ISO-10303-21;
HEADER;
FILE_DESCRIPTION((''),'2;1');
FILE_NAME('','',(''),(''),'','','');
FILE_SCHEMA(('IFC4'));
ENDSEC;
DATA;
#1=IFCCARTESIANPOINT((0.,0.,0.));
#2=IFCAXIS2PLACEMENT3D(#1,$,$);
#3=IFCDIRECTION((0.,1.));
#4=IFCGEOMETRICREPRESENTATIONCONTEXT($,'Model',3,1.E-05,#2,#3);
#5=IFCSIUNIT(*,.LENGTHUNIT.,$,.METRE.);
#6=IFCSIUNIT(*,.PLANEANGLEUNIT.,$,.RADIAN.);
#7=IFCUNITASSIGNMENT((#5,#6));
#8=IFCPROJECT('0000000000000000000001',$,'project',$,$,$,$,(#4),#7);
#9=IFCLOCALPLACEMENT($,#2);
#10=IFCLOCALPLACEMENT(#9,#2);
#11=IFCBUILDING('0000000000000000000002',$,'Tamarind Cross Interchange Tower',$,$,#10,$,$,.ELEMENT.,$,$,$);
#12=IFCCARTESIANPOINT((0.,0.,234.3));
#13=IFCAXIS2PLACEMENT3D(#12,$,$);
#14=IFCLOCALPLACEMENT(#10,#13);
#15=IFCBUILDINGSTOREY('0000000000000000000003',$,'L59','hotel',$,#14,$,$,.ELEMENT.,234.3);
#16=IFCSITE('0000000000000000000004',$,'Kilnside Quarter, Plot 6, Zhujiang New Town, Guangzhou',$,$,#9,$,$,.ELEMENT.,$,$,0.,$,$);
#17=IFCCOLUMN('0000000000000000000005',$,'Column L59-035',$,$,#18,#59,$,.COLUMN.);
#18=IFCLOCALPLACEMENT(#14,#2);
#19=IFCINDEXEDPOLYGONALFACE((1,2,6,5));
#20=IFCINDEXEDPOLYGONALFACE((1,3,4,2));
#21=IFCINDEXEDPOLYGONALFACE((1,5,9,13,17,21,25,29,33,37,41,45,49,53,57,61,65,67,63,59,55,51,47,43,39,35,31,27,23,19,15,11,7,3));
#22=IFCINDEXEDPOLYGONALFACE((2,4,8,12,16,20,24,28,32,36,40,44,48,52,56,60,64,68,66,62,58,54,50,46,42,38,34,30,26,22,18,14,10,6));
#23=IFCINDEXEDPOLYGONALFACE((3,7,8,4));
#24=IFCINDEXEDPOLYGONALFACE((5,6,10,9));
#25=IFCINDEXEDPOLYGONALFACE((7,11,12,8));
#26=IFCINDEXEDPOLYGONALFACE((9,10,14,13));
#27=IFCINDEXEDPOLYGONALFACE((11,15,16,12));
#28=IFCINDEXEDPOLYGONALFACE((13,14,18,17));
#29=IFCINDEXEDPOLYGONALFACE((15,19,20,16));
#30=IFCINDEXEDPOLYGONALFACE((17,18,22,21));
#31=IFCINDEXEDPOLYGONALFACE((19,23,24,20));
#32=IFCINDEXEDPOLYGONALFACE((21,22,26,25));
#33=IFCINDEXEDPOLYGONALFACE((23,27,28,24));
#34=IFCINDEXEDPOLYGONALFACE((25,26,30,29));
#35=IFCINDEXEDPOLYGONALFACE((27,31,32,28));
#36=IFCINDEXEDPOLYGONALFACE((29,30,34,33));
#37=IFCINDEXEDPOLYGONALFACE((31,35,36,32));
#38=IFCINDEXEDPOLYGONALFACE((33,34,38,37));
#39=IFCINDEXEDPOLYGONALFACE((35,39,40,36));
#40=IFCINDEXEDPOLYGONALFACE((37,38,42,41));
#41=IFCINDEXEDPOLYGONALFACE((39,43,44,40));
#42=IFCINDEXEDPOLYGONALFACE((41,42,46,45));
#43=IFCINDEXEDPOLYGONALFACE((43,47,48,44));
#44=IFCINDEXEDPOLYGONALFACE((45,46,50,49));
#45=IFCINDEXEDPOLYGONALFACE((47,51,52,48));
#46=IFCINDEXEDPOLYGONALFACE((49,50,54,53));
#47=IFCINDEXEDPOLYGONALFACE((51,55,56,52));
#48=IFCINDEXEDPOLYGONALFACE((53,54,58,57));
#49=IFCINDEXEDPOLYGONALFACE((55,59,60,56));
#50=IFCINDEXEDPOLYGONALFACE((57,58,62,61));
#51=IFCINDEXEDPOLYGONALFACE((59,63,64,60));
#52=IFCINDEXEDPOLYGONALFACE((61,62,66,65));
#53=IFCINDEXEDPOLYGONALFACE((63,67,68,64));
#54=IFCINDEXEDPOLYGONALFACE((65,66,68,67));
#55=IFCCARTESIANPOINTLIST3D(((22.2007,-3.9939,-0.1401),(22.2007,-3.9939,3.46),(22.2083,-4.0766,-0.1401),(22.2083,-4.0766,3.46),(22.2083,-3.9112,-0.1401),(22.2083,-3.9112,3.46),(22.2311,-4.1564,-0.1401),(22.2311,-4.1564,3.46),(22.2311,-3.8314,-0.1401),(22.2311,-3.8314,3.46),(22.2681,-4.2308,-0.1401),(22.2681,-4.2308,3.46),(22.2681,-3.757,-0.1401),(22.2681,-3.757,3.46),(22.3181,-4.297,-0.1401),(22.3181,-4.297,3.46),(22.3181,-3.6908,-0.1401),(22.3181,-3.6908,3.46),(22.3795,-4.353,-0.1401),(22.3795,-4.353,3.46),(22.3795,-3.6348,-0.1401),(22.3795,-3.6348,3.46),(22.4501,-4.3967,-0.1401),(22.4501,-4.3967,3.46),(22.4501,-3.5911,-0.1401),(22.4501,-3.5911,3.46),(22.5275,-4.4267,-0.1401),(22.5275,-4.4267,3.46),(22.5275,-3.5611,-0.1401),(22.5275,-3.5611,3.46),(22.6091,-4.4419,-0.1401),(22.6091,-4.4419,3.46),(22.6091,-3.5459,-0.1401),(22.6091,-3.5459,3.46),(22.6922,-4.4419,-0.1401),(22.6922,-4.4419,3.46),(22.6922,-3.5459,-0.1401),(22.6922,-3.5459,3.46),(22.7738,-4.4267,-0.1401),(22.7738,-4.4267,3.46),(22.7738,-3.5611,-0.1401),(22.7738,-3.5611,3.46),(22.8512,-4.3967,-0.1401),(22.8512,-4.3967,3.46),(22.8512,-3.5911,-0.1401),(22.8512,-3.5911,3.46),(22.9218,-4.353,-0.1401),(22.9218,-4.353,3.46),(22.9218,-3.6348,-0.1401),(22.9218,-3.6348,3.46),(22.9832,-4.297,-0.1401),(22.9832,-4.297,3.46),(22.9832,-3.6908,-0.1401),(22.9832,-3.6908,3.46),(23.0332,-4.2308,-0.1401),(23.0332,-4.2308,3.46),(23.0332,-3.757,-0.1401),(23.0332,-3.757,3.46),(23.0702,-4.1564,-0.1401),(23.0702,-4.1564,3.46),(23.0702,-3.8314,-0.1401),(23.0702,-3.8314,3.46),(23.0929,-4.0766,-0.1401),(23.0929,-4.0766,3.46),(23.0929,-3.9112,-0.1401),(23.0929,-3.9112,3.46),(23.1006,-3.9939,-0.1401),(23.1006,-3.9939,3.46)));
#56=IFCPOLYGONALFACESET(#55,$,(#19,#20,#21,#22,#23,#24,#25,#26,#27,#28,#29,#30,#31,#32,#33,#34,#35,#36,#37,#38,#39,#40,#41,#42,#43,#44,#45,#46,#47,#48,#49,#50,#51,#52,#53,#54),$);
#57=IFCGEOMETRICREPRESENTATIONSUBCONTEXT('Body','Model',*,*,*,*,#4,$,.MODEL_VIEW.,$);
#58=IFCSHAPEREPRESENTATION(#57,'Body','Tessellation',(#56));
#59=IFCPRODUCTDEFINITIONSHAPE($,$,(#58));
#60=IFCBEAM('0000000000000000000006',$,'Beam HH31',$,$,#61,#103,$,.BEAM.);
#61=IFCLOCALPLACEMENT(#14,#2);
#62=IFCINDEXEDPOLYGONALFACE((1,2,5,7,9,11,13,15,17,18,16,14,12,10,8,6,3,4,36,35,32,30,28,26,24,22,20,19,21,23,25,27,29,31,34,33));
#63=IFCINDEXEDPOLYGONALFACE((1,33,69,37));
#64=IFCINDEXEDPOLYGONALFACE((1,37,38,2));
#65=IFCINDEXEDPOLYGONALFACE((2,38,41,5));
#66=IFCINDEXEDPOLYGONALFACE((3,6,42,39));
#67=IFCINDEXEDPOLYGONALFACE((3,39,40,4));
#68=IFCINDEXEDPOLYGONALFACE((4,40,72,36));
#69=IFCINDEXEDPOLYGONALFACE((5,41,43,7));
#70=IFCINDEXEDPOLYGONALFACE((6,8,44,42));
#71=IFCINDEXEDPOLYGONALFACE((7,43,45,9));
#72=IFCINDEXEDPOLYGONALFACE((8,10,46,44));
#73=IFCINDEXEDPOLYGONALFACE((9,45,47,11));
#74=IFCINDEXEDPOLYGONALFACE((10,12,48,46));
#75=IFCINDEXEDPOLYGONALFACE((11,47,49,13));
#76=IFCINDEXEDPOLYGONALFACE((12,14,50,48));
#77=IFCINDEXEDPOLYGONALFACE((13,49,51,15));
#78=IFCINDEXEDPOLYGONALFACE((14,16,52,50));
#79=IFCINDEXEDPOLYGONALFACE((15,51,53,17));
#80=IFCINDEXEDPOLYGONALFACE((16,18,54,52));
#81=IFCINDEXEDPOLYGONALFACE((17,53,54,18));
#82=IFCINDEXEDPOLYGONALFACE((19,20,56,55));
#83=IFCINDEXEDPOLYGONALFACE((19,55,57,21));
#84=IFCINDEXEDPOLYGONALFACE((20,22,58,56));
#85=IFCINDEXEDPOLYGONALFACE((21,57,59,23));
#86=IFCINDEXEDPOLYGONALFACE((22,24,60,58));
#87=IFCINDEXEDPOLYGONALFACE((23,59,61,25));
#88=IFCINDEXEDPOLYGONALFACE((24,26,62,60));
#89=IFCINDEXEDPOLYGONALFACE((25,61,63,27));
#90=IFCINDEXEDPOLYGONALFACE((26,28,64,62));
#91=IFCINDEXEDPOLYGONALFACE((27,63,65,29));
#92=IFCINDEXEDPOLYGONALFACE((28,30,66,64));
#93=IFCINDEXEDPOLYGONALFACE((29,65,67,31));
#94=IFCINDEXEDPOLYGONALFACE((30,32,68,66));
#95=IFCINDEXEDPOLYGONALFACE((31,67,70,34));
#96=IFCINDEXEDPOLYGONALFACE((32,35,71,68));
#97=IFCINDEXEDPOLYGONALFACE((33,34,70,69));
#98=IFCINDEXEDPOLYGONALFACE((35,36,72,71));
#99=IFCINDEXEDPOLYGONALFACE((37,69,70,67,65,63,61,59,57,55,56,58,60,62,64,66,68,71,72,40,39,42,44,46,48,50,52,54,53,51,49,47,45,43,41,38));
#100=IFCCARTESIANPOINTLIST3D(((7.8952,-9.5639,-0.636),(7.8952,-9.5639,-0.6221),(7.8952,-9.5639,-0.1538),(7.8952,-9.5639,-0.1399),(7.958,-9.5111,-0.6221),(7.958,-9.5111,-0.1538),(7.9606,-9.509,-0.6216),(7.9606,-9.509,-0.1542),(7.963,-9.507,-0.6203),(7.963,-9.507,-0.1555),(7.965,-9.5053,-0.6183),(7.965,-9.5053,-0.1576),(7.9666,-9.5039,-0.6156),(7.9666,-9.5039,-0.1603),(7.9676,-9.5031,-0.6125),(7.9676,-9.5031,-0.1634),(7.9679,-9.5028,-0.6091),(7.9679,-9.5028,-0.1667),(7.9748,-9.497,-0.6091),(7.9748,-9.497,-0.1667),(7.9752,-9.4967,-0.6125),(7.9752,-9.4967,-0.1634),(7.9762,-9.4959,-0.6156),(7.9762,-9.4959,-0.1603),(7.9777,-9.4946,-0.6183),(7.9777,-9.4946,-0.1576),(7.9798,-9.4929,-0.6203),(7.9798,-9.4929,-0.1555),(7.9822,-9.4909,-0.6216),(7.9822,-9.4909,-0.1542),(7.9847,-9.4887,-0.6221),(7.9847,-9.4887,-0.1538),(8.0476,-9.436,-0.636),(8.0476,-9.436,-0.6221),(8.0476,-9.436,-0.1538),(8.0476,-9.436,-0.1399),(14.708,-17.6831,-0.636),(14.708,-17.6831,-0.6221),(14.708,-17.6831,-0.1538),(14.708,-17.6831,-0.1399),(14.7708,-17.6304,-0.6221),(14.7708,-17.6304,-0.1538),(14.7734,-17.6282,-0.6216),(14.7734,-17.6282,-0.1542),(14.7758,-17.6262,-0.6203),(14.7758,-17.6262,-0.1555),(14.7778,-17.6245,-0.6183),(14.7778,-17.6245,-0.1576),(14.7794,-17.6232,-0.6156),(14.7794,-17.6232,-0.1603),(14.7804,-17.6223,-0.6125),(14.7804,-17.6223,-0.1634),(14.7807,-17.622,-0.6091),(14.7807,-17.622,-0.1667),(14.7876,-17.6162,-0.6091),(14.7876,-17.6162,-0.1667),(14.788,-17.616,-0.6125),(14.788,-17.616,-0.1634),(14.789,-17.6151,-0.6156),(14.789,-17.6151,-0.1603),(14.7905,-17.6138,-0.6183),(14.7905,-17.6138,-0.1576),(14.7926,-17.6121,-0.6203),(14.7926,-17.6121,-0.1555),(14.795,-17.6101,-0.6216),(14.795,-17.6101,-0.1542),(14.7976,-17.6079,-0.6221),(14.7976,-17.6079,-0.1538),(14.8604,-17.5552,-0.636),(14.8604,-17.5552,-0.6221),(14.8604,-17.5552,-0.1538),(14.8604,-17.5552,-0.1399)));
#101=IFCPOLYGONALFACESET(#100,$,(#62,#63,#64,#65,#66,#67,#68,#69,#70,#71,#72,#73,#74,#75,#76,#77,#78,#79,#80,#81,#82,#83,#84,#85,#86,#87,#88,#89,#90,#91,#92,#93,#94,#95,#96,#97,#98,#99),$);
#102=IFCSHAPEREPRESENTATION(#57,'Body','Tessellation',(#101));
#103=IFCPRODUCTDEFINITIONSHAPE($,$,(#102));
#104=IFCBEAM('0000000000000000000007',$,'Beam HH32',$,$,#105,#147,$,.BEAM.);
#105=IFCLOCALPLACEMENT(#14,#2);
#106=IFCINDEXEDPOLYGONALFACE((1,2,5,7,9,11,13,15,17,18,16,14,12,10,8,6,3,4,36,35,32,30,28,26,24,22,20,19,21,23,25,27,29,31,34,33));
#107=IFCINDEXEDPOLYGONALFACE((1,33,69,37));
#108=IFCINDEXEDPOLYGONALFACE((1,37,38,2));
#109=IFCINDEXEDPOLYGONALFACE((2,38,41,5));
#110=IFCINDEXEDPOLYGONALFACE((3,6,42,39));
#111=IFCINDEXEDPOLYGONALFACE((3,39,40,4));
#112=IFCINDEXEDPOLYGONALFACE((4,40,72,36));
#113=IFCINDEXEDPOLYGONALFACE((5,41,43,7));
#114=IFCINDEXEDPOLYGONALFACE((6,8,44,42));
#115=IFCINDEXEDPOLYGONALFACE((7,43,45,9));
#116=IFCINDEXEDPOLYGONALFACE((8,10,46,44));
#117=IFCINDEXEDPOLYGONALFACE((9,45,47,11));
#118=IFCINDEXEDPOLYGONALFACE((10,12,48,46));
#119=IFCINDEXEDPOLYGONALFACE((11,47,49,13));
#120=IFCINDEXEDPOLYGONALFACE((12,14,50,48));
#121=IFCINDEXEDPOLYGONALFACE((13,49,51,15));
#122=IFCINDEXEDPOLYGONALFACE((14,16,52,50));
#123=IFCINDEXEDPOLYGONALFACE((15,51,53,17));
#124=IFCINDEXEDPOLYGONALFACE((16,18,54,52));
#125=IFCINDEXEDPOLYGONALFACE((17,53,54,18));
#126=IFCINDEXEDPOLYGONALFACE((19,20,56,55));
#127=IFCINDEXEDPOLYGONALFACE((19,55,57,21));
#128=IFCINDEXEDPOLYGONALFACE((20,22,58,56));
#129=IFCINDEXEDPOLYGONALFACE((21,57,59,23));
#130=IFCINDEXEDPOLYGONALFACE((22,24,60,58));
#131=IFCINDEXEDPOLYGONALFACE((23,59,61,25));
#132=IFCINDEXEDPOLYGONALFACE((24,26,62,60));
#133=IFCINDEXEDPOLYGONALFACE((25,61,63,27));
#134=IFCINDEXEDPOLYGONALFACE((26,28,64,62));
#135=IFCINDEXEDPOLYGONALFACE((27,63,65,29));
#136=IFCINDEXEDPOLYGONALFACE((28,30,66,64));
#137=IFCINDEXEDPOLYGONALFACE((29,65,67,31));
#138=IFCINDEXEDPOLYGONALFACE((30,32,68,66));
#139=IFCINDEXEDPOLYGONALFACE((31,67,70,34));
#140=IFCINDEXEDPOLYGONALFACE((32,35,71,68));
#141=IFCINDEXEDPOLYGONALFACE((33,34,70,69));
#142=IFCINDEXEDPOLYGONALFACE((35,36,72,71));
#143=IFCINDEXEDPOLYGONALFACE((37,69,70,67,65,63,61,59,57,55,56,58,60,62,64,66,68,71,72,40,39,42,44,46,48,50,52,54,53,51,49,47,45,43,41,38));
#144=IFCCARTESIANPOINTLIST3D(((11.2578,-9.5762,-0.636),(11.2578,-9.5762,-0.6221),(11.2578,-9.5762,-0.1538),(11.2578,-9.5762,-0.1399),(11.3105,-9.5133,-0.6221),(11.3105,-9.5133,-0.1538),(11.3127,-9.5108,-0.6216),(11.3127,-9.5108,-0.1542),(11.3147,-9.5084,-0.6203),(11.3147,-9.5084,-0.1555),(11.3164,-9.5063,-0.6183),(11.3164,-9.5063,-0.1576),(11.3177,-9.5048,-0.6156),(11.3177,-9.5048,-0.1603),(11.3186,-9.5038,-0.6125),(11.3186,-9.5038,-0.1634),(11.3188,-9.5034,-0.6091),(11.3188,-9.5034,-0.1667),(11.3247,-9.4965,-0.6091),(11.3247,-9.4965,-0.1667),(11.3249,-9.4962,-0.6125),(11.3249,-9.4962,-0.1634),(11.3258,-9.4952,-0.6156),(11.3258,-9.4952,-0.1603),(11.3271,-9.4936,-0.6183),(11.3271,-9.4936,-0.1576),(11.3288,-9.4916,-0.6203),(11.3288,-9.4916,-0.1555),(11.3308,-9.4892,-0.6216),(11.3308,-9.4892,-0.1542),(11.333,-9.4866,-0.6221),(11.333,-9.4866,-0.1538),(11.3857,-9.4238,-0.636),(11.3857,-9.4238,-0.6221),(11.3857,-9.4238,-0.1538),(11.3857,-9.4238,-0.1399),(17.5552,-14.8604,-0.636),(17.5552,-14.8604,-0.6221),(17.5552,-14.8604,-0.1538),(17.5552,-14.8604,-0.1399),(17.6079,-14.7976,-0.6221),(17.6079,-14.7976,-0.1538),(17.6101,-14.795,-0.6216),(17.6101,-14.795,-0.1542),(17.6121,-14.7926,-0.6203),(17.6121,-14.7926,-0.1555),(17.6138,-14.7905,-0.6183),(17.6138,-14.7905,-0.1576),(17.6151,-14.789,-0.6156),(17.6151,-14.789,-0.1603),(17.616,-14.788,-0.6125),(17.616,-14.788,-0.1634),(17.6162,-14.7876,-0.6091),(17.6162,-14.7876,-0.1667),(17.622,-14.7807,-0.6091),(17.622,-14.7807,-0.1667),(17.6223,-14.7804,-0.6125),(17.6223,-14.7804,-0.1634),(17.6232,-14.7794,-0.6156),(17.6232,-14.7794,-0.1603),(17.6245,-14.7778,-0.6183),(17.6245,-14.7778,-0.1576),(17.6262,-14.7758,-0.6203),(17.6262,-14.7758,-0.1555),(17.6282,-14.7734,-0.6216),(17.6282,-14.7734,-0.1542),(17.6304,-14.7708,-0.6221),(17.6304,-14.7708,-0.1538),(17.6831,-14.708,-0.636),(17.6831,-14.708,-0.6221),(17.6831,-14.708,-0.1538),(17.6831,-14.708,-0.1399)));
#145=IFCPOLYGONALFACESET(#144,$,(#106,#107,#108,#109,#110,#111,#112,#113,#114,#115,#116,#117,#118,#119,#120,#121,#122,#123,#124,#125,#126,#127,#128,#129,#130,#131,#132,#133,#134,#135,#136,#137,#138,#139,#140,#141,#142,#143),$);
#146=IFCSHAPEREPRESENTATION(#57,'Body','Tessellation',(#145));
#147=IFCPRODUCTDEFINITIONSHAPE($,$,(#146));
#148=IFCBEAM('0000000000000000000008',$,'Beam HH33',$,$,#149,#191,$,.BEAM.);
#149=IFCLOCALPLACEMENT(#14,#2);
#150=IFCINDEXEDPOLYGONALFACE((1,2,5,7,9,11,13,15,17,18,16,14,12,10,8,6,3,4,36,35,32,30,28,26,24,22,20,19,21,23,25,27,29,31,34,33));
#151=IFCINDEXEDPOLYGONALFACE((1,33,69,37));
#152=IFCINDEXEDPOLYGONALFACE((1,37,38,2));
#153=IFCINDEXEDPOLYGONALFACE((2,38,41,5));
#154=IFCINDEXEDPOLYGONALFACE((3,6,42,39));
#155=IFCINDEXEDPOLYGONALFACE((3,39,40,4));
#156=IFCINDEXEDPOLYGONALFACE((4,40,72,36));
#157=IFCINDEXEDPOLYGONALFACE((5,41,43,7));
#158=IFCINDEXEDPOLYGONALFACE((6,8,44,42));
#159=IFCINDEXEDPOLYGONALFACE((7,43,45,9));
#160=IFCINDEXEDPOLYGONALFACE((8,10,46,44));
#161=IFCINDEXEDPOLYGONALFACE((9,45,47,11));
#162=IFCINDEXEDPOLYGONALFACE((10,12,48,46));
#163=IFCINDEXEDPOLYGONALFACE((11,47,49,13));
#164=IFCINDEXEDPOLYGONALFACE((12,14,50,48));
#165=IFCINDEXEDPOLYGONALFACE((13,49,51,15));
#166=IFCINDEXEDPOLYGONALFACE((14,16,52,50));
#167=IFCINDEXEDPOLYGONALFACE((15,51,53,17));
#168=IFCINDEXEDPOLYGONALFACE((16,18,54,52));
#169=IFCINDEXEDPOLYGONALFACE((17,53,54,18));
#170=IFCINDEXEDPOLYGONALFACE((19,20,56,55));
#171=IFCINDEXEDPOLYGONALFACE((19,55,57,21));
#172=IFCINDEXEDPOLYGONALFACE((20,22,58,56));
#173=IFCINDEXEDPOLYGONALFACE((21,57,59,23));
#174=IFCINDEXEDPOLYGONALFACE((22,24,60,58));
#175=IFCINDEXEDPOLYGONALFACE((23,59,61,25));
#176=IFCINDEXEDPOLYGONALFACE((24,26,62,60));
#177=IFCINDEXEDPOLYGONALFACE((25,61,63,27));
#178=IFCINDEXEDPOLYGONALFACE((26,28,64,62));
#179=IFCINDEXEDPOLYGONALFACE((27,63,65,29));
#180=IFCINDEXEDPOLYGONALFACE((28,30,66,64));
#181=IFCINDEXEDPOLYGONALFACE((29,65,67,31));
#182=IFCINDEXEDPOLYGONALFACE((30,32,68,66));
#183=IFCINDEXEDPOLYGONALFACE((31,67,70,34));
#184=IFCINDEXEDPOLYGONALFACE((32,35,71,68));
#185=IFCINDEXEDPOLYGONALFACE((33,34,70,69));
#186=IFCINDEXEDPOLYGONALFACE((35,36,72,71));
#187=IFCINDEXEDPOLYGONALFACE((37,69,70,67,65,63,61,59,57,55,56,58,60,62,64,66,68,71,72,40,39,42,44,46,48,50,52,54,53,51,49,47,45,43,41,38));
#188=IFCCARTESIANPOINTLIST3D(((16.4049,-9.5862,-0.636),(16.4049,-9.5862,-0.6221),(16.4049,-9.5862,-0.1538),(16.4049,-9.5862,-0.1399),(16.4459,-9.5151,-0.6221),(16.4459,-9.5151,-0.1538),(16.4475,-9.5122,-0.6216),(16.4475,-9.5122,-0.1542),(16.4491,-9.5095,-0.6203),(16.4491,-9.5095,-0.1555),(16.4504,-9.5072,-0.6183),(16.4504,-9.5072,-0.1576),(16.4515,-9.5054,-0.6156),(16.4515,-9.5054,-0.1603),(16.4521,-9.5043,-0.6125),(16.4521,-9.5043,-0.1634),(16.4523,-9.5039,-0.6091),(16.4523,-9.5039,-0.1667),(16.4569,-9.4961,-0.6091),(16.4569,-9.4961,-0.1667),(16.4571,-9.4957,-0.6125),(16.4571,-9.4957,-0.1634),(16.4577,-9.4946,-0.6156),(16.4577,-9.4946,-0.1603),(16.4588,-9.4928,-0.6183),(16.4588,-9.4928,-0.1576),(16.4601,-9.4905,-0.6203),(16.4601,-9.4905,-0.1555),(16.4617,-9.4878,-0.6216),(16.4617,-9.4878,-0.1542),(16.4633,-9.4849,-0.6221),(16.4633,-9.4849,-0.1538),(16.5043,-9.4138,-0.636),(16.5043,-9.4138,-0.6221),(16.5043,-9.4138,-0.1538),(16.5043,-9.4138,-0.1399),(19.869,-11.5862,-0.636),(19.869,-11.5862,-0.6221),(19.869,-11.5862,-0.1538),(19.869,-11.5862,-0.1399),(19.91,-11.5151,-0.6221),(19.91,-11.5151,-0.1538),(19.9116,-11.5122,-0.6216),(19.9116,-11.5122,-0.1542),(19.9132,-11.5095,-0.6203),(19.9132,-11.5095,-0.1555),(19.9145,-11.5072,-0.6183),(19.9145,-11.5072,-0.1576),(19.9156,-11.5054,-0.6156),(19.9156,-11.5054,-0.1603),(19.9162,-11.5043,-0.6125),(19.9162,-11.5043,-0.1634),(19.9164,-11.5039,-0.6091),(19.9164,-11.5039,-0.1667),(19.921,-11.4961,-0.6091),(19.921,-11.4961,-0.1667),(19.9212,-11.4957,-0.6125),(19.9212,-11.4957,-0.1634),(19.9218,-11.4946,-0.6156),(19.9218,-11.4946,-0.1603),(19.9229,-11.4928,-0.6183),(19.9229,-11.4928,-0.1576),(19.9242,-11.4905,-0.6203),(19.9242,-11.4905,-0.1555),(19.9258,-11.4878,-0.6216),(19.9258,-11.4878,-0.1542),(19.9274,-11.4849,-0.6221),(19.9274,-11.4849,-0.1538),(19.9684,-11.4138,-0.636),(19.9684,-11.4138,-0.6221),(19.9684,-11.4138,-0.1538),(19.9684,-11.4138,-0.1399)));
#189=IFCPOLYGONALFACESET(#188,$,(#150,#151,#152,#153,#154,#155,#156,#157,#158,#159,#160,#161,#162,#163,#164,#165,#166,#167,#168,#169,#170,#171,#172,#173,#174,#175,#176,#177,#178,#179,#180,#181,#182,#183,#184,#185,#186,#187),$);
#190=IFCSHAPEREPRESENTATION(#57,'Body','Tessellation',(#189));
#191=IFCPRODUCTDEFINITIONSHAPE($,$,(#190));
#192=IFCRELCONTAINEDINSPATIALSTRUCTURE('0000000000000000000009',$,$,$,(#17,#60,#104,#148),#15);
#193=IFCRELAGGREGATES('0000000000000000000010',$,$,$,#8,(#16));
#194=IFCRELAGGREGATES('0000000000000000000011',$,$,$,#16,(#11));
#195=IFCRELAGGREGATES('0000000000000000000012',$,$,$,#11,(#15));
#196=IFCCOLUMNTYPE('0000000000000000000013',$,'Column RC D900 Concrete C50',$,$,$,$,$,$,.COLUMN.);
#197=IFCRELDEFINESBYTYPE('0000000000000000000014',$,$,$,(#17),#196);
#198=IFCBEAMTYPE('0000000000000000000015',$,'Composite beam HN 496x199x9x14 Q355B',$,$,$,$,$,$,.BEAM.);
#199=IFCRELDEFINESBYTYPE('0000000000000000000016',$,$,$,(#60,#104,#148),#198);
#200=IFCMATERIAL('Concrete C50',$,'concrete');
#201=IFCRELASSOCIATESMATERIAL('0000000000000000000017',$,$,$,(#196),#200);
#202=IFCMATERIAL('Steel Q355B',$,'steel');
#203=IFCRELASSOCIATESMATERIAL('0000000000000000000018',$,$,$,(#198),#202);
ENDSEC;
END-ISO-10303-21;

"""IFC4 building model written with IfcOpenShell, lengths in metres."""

from ifc_helpers import new_model, si_unit, direction, frame, origin, origin_2d, place, context, subcontext, project, spatial, circle, i_section, extrude, material, material_profile, profile_set, type_object, element, save


model = new_model("IFC4")

# Units and contexts
model_context = context("Model", 3, precision=1e-05, world=origin(), true_north=direction((0.0, 1.0)))
body_context = subcontext(model_context, "Body", "Model", "MODEL_VIEW")
ifc_project = project(units=[si_unit("LENGTHUNIT", "METRE"), si_unit("PLANEANGLEUNIT", "RADIAN")], contexts=[model_context])

# Site, building, storey
site_placement = place(None, origin())
site = spatial("IfcSite", under=ifc_project, at=site_placement, Name="Kilnside Quarter, Plot 6, Zhujiang New Town, Guangzhou", CompositionType="ELEMENT", RefElevation=0.0)
building_placement = place(site_placement, origin())
building = spatial("IfcBuilding", under=site, at=building_placement, Name="Tamarind Cross Interchange Tower", CompositionType="ELEMENT")
storey_placement = place(building_placement, frame((0.0, 0.0, 234.3)))
storey = spatial("IfcBuildingStorey", under=building, at=storey_placement, Name="L59", Description="hotel", CompositionType="ELEMENT", Elevation=234.3)

# Column
ifc_material_1 = material(Name="Concrete C50", Category="concrete")
ifc_material_profile_1 = material_profile(ifc_material_1, circle(Radius=0.45, at=origin_2d()), Name="RC D900")
ifc_profile_set_1 = profile_set([ifc_material_profile_1], Name="Concrete C50")
column_type = type_object("IfcColumnType", Name="Column RC D900 Concrete C50", PredefinedType="COLUMN", material=ifc_profile_set_1)
for number, where, z_axis, x_axis, name in (
    (1, (22.6506, -3.9939, -0.1401), (0.0, 0.0, 1.0), (1.0, 0.0, 0.0), "Column L59-035"),
):
    element("IfcColumn", number, at=place(storey_placement, frame(where, z_axis=z_axis, x_axis=x_axis)), inside=storey, type_object=column_type, Name=name, PredefinedType="COLUMN", context=body_context, shape_type="SweptSolid", body=[
        extrude(circle(Radius=0.45, at=origin_2d()), origin(), (0.0, 0.0, 1.0), 3.6001),
    ])

# Beams
ifc_material_2 = material(Name="Steel Q355B", Category="steel")
ifc_material_profile_2 = material_profile(ifc_material_2, i_section(OverallWidth=0.199, OverallDepth=0.4961, WebThickness=0.009, FlangeThickness=0.0139, FilletRadius=0.0129, at=origin_2d()), Name="HN 496x199x9x14")
ifc_profile_set_2 = profile_set([ifc_material_profile_2], Name="Steel Q355B")
beam_type = type_object("IfcBeamType", Name="Composite beam HN 496x199x9x14 Q355B", PredefinedType="BEAM", material=ifc_profile_set_2)
beam_1_placement = place(storey_placement, frame((14.7842, -17.6191, -0.3879), z_axis=(-0.642786, 0.766046, 0.0), x_axis=(-0.766046, -0.642786, 0.0)))
element("IfcBeam", 2, at=beam_1_placement, inside=storey, type_object=beam_type, Name="Beam HH31", PredefinedType="BEAM", context=body_context, shape_type="SweptSolid", body=[
    extrude(i_section(OverallWidth=0.199, OverallDepth=0.4961, WebThickness=0.009, FlangeThickness=0.0139, FilletRadius=0.0129, at=origin_2d()), origin(), (0.0, 0.0, 1.0), 10.5989),
])
beam_2_placement = place(storey_placement, frame((17.6191, -14.7842, -0.3879), z_axis=(-0.766041, 0.642792, 0.0), x_axis=(-0.642792, -0.766041, 0.0)))
element("IfcBeam", 3, at=beam_2_placement, inside=storey, type_object=beam_type, Name="Beam HH32", PredefinedType="BEAM", context=body_context, shape_type="SweptSolid", body=[
    extrude(i_section(OverallWidth=0.199, OverallDepth=0.4961, WebThickness=0.009, FlangeThickness=0.0139, FilletRadius=0.0129, at=origin_2d()), origin(), (0.0, 0.0, 1.0), 8.2207),
])
beam_3_placement = place(storey_placement, frame((19.9187, -11.5, -0.3879), z_axis=(-0.866026, 0.499999, 0.0), x_axis=(-0.499999, -0.866026, 0.0)))
element("IfcBeam", 4, at=beam_3_placement, inside=storey, type_object=beam_type, Name="Beam HH33", PredefinedType="BEAM", context=body_context, shape_type="SweptSolid", body=[
    extrude(i_section(OverallWidth=0.199, OverallDepth=0.4961, WebThickness=0.009, FlangeThickness=0.0139, FilletRadius=0.0129, at=origin_2d()), origin(), (0.0, 0.0, 1.0), 4.0),
])

save(model, "model.ifc")
